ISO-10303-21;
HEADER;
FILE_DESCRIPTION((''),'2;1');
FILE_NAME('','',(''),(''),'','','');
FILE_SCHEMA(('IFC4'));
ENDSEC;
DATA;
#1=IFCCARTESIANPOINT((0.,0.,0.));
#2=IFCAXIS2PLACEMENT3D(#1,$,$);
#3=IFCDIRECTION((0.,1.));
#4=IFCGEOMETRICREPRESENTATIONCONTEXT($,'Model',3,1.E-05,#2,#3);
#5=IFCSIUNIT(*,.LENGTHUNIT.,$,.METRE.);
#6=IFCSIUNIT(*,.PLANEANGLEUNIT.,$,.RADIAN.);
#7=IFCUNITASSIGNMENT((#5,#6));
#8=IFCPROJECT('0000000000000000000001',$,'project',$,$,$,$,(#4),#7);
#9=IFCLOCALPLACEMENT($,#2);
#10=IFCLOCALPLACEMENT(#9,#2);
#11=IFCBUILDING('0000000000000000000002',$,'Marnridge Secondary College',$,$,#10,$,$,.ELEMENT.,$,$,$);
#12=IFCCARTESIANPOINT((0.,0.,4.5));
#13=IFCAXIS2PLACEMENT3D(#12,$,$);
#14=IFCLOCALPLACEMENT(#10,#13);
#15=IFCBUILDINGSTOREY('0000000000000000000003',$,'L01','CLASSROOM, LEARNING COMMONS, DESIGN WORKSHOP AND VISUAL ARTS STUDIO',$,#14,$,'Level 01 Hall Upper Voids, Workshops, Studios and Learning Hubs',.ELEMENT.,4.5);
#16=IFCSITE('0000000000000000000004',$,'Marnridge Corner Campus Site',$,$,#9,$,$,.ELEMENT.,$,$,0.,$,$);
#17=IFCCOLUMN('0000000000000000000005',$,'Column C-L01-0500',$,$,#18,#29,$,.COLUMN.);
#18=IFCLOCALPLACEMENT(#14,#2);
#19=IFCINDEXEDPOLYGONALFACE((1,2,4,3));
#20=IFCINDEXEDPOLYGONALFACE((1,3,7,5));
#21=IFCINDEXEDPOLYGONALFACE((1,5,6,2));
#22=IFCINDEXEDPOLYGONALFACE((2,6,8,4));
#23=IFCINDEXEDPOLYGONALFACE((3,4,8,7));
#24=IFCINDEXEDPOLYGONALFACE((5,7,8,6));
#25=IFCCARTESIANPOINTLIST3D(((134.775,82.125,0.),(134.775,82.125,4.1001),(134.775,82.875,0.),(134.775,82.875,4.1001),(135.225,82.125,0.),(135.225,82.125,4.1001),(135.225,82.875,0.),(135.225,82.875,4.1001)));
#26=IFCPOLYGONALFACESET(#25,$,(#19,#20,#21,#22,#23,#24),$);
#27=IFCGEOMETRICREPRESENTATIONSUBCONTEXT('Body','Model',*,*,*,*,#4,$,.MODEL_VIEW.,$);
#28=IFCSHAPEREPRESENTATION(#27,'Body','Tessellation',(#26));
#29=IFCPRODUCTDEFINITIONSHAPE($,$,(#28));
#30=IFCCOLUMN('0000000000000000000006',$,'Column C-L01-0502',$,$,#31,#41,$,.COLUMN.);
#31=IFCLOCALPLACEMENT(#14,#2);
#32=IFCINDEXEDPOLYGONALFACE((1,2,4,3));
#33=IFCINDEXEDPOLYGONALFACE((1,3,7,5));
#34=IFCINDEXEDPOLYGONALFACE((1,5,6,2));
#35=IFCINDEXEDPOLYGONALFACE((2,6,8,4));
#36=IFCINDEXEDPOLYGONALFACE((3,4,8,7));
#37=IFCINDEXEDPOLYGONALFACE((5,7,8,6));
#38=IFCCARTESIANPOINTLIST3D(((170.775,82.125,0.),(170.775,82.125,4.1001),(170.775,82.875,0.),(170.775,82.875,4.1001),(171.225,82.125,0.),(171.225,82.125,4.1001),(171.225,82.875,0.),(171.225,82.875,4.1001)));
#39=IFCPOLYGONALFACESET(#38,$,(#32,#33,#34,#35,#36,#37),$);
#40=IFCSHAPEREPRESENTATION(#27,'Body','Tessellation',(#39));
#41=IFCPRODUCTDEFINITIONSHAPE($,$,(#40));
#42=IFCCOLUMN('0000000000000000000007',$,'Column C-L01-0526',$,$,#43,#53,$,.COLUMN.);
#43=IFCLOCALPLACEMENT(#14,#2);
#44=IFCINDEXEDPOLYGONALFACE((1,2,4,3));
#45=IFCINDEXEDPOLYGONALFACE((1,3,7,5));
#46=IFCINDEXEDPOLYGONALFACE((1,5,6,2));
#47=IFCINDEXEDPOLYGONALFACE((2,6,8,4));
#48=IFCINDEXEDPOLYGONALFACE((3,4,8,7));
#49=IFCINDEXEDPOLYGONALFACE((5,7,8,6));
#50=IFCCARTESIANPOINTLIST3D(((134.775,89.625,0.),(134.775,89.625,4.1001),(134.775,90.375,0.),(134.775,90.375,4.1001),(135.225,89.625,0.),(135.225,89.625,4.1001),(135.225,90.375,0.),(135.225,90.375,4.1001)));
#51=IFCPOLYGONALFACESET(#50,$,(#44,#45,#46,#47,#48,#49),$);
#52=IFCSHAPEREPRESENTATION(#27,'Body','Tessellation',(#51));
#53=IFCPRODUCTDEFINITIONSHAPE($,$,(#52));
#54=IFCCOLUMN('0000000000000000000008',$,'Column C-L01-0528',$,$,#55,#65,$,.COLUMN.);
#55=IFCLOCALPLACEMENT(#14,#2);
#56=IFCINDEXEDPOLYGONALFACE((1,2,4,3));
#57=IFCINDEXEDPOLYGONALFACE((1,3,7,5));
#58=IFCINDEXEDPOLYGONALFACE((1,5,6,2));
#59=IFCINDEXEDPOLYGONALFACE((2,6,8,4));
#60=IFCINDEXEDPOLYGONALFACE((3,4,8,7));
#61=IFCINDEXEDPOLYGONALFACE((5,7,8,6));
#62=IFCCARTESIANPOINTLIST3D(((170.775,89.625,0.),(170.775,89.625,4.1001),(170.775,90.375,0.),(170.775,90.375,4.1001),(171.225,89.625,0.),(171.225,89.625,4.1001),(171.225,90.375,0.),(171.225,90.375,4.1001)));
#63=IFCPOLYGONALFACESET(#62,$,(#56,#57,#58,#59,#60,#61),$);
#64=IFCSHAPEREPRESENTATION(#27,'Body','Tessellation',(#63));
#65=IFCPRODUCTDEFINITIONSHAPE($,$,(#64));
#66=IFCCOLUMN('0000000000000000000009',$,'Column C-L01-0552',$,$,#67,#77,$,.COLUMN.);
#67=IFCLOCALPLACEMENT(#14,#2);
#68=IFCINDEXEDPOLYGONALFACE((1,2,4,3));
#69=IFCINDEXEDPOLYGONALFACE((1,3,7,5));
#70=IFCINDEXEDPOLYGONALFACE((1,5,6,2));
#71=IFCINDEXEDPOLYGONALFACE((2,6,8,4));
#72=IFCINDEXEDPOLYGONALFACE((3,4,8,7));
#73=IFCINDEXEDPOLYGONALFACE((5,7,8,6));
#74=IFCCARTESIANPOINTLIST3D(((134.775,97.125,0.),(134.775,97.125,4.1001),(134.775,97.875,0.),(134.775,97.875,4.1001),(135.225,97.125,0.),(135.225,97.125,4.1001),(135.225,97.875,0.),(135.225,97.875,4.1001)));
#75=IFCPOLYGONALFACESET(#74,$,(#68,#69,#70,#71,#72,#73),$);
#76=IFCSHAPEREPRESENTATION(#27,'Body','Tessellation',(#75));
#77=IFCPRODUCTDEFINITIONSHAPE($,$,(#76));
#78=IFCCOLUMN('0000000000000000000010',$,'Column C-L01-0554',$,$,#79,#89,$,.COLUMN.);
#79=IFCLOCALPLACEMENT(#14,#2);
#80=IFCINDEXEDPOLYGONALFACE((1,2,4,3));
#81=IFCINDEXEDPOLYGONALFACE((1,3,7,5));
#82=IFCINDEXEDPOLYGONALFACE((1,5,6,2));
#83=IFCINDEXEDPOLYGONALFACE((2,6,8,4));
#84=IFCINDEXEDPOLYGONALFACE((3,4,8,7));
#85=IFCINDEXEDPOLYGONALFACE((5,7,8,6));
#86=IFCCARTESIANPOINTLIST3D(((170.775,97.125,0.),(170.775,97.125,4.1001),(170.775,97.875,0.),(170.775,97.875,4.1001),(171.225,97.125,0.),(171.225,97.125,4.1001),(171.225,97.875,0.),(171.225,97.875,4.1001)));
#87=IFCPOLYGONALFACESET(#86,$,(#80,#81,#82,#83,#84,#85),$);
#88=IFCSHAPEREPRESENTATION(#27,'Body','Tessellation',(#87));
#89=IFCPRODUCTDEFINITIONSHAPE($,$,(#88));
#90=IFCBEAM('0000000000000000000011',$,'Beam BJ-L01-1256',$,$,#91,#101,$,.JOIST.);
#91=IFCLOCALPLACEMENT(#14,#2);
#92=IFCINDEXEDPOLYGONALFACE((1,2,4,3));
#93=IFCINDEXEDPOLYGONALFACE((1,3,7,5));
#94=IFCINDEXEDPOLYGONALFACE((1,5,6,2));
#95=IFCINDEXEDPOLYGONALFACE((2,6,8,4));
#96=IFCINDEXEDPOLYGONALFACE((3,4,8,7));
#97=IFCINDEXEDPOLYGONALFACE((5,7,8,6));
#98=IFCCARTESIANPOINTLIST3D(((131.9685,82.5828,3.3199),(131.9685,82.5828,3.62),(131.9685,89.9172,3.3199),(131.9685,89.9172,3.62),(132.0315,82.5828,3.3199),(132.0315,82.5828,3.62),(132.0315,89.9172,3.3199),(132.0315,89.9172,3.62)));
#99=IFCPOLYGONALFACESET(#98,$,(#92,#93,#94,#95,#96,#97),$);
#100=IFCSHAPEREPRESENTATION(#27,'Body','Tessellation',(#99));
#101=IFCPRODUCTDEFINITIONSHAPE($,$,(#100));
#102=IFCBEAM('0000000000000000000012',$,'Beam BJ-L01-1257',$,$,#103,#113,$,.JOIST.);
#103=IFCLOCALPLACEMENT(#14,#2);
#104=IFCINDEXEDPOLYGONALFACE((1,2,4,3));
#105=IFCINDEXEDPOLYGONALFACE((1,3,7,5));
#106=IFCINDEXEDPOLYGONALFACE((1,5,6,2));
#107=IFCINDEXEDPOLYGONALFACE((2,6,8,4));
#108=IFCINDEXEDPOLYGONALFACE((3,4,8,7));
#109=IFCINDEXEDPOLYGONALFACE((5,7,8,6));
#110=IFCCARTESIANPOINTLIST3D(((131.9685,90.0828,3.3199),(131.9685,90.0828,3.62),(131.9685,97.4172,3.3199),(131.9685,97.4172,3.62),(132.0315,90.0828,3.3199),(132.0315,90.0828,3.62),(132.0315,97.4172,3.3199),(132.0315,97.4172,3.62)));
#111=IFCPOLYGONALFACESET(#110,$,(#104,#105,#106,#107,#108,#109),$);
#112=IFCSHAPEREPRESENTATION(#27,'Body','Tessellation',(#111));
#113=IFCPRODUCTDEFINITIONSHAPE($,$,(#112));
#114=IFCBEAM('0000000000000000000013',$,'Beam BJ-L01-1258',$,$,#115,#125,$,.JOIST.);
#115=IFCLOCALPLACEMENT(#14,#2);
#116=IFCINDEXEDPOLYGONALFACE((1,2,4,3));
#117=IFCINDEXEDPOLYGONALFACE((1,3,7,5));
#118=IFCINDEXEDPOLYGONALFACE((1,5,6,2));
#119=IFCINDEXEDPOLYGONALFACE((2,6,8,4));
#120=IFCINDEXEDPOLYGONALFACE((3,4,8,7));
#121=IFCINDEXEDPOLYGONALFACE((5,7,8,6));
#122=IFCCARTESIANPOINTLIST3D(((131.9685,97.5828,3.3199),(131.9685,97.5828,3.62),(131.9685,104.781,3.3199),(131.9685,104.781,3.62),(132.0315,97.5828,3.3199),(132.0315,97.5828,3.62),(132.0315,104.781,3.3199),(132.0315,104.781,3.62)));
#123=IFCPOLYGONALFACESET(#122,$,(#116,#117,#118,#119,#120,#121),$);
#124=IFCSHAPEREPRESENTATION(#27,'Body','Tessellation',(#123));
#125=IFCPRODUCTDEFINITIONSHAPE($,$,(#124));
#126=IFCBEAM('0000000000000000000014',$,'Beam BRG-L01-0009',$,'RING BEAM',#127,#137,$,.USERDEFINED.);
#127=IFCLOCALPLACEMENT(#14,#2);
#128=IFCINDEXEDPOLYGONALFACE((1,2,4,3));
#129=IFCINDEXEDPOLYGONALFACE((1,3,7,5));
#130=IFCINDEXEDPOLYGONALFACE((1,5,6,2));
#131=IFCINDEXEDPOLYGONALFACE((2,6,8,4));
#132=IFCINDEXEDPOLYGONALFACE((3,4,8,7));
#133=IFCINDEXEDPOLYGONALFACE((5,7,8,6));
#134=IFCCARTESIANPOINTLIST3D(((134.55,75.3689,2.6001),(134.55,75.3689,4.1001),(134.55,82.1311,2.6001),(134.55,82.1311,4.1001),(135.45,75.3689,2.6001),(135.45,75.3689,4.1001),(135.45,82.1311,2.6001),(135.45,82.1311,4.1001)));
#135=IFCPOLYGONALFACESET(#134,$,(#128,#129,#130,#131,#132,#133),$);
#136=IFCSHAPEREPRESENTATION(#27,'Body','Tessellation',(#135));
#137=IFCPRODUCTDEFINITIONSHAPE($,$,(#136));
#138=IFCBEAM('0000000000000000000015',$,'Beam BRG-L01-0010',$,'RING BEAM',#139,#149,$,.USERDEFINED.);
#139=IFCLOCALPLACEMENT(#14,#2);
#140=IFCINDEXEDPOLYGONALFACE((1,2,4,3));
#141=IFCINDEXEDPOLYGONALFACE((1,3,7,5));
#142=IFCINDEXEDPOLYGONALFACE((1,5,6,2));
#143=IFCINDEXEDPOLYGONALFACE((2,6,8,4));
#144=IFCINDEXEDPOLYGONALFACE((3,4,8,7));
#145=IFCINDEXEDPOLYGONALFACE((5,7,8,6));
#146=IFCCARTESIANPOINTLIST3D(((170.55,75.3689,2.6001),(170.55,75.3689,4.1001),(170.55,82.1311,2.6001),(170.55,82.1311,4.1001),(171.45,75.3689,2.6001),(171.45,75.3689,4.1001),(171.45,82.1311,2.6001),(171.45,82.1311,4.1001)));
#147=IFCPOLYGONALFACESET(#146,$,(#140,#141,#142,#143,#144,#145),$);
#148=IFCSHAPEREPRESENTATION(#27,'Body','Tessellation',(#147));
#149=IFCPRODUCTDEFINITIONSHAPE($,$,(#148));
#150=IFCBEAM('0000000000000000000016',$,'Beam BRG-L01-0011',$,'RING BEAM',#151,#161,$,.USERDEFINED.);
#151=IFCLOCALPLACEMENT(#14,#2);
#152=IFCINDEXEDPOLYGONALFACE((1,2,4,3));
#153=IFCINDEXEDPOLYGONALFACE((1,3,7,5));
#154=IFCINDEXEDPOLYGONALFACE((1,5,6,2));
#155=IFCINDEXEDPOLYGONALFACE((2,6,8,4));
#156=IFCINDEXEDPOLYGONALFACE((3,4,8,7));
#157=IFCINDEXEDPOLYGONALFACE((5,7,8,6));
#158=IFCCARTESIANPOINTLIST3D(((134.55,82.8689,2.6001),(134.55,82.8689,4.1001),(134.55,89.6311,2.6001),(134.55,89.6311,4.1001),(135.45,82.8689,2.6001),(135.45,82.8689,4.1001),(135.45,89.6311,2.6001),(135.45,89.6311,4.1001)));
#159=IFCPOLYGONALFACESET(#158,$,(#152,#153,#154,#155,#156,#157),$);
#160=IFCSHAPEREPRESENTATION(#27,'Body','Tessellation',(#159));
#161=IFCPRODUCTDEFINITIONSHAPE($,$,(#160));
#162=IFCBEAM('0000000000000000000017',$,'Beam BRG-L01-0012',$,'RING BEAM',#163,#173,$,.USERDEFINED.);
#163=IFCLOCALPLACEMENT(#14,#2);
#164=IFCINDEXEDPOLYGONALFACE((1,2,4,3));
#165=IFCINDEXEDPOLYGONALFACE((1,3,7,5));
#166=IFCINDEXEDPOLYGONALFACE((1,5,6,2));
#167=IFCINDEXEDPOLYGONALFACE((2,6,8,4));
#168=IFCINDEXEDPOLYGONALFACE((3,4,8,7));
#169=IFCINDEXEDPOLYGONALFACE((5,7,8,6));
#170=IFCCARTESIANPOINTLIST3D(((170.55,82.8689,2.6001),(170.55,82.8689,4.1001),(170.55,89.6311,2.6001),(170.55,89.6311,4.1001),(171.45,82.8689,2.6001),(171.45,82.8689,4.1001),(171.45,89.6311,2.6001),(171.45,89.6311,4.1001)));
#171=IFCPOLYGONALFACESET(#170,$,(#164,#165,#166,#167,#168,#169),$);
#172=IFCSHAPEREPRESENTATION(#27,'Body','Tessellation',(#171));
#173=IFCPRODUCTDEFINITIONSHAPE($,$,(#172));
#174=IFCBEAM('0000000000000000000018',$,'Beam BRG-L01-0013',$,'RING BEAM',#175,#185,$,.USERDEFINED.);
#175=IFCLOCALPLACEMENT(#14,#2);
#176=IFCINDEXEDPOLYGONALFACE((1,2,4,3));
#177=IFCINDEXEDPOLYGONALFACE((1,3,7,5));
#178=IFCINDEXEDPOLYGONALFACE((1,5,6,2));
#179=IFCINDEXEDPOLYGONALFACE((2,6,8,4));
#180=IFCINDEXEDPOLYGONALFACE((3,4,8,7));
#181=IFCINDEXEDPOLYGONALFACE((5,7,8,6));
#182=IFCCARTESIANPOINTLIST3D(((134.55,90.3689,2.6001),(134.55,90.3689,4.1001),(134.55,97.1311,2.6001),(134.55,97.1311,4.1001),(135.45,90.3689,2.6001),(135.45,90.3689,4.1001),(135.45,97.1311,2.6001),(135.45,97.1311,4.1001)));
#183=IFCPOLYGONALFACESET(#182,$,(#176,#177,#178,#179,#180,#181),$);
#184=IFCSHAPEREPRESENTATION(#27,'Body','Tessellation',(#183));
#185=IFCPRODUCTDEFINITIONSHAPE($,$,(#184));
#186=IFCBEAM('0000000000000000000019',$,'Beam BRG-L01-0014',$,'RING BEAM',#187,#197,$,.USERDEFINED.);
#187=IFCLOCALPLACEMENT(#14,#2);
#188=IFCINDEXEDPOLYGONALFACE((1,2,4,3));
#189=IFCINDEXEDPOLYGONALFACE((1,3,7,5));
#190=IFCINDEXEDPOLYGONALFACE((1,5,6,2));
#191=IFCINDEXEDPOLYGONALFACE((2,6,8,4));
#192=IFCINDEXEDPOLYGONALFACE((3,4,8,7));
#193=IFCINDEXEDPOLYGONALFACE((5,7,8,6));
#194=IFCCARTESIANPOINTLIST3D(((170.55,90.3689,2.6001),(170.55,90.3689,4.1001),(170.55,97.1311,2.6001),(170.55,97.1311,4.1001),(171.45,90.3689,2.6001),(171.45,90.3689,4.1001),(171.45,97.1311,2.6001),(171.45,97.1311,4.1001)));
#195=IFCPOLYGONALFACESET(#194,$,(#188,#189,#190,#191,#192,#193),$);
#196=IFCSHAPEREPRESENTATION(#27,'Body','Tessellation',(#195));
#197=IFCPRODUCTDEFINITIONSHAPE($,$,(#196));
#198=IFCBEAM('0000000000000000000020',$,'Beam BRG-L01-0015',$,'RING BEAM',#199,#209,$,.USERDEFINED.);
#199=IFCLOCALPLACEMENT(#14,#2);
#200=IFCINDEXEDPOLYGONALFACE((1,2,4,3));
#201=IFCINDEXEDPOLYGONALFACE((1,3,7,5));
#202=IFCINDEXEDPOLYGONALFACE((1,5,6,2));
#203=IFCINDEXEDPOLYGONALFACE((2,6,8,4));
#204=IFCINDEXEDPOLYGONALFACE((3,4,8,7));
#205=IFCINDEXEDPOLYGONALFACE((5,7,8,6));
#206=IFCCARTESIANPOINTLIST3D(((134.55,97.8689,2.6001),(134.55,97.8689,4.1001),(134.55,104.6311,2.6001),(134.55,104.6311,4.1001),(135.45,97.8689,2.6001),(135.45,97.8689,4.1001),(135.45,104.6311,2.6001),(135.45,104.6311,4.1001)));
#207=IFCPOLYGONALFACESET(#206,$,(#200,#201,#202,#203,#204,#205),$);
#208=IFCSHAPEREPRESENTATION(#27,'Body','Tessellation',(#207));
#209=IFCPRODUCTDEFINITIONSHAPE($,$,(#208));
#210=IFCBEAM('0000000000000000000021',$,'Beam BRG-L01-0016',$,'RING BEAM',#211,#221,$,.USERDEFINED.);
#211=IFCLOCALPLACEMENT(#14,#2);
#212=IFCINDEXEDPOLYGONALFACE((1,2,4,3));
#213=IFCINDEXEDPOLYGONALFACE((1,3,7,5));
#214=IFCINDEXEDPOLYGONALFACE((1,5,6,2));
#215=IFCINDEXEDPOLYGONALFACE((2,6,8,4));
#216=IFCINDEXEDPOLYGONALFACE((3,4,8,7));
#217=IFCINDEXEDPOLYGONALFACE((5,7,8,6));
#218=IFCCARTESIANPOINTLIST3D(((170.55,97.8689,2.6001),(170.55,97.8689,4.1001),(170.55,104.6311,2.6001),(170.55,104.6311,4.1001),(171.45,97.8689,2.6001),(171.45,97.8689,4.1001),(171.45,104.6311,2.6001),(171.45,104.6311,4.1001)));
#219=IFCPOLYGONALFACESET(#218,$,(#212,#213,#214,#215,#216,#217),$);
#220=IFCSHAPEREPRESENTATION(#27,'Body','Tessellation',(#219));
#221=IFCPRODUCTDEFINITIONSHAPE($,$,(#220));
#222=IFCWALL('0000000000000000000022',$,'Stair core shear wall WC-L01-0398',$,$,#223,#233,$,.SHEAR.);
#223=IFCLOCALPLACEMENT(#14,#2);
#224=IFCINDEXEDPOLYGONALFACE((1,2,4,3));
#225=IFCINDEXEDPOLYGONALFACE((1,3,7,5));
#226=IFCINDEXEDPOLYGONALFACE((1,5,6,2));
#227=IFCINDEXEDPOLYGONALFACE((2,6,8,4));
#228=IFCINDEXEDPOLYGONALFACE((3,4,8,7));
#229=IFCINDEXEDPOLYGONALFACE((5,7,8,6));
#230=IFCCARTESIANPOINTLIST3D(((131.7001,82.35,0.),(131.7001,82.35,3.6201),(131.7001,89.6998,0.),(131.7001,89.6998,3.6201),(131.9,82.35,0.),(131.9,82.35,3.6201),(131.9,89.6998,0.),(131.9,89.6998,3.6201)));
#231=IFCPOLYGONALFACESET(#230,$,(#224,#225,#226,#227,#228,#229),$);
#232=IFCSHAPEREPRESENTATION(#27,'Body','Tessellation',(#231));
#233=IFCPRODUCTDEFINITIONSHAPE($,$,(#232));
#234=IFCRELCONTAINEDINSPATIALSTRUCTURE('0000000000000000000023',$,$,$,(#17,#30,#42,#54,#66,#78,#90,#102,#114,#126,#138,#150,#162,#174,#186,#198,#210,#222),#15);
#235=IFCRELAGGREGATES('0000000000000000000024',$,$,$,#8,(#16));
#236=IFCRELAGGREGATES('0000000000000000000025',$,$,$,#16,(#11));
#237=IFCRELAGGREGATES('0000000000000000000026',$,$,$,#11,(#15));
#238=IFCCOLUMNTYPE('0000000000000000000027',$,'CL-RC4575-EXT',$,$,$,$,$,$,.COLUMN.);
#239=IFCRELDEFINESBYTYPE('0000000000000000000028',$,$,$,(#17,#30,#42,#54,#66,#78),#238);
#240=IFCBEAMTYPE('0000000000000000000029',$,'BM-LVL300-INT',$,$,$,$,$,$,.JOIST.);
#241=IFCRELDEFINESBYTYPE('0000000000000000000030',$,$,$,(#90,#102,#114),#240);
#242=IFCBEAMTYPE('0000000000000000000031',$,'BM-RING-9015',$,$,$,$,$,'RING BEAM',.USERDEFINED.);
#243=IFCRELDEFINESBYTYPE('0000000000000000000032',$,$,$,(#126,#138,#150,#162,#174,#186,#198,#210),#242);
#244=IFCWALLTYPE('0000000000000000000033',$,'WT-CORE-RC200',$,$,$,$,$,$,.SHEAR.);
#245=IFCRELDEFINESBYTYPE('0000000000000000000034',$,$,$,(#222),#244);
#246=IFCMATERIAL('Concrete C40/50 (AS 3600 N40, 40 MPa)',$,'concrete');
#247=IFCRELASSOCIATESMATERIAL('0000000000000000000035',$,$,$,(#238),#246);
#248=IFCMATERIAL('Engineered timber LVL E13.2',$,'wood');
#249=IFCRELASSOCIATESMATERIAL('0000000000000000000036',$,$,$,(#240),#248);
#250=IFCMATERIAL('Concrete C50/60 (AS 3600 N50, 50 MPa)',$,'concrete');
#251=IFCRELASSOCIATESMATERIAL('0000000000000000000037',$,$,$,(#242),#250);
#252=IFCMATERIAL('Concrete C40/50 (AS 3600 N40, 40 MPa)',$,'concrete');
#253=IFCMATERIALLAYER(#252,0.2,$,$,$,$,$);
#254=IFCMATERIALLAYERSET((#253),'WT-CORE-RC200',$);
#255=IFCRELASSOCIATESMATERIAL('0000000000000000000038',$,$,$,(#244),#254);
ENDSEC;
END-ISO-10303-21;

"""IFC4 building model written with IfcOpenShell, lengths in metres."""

from ifc_helpers import new_model, si_unit, direction, frame, frame_2d, origin, origin_2d, place, context, subcontext, project, spatial, rectangle, extrude, material, layer, layer_set, material_profile, profile_set, type_object, element, save


model = new_model("IFC4")

# Units and contexts
model_context = context("Model", 3, precision=1e-05, world=origin(), true_north=direction((0.0, 1.0)))
body_context = subcontext(model_context, "Body", "Model", "MODEL_VIEW")
ifc_project = project(units=[si_unit("LENGTHUNIT", "METRE"), si_unit("PLANEANGLEUNIT", "RADIAN")], contexts=[model_context])

# Site, building, storey
site_placement = place(None, origin())
site = spatial("IfcSite", under=ifc_project, at=site_placement, Name="Marnridge Corner Campus Site", CompositionType="ELEMENT", RefElevation=0.0)
building_placement = place(site_placement, origin())
building = spatial("IfcBuilding", under=site, at=building_placement, Name="Marnridge Secondary College", CompositionType="ELEMENT")
storey_placement = place(building_placement, frame((0.0, 0.0, 4.5)))
storey = spatial("IfcBuildingStorey", under=building, at=storey_placement, Name="L01", Description="CLASSROOM, LEARNING COMMONS, DESIGN WORKSHOP AND VISUAL ARTS STUDIO", LongName="Level 01 Hall Upper Voids, Workshops, Studios and Learning Hubs", CompositionType="ELEMENT", Elevation=4.5)

# Columns
ifc_material_1 = material(Name="Concrete C40/50 (AS 3600 N40, 40 MPa)", Category="concrete")
ifc_material_profile_1 = material_profile(ifc_material_1, rectangle(XDim=0.45, YDim=0.75, at=origin_2d()), Name="RC 450x750")
ifc_profile_set_1 = profile_set([ifc_material_profile_1], Name="Concrete C40/50 (AS 3600 N40, 40 MPa)")
column_type = type_object("IfcColumnType", Name="CL-RC4575-EXT", PredefinedType="COLUMN", material=ifc_profile_set_1)
for number, where, z_axis, x_axis, name in (
    (1, (135.0, 82.5, 0.0), (0.0, 0.0, 1.0), (1.0, 0.0, 0.0), "Column C-L01-0500"),
    (2, (171.0, 82.5, 0.0), (0.0, 0.0, 1.0), (1.0, 0.0, 0.0), "Column C-L01-0502"),
    (3, (135.0, 90.0, 0.0), (0.0, 0.0, 1.0), (1.0, 0.0, 0.0), "Column C-L01-0526"),
    (4, (171.0, 90.0, 0.0), (0.0, 0.0, 1.0), (1.0, 0.0, 0.0), "Column C-L01-0528"),
    (5, (135.0, 97.5, 0.0), (0.0, 0.0, 1.0), (1.0, 0.0, 0.0), "Column C-L01-0552"),
    (6, (171.0, 97.5, 0.0), (0.0, 0.0, 1.0), (1.0, 0.0, 0.0), "Column C-L01-0554"),
):
    element("IfcColumn", number, at=place(storey_placement, frame(where, z_axis=z_axis, x_axis=x_axis)), inside=storey, type_object=column_type, Name=name, PredefinedType="COLUMN", context=body_context, shape_type="SweptSolid", body=[
        extrude(rectangle(XDim=0.45, YDim=0.75, at=origin_2d()), origin(), (0.0, 0.0, 1.0), 4.1001),
    ])

# Beams
ifc_material_2 = material(Name="Engineered timber LVL E13.2", Category="wood")
ifc_material_profile_2 = material_profile(ifc_material_2, rectangle(XDim=0.063, YDim=0.3, at=origin_2d()), Name="LVL 63x300")
ifc_profile_set_2 = profile_set([ifc_material_profile_2], Name="Engineered timber LVL E13.2")
beam_type_1 = type_object("IfcBeamType", Name="BM-LVL300-INT", PredefinedType="JOIST", material=ifc_profile_set_2)
for number, where, z_axis, x_axis, name in (
    (7, (132.0, 82.5828, 3.47), (0.0, 1.0, 0.0), (-1.0, 0.0, 0.0), "Beam BJ-L01-1256"),
    (8, (132.0, 90.0828, 3.47), (0.0, 1.0, 0.0), (-1.0, 0.0, 0.0), "Beam BJ-L01-1257"),
):
    element("IfcBeam", number, at=place(storey_placement, frame(where, z_axis=z_axis, x_axis=x_axis)), inside=storey, type_object=beam_type_1, Name=name, PredefinedType="JOIST", context=body_context, shape_type="SweptSolid", body=[
        extrude(rectangle(XDim=0.063, YDim=0.3, at=origin_2d()), origin(), (0.0, 0.0, 1.0), 7.3345),
    ])
beam_placement = place(storey_placement, frame((132.0, 97.5828, 3.47), z_axis=(0.0, 1.0, 0.0), x_axis=(-1.0, 0.0, 0.0)))
element("IfcBeam", 9, at=beam_placement, inside=storey, type_object=beam_type_1, Name="Beam BJ-L01-1258", PredefinedType="JOIST", context=body_context, shape_type="SweptSolid", body=[
    extrude(rectangle(XDim=0.063, YDim=0.3, at=origin_2d()), origin(), (0.0, 0.0, 1.0), 7.1982),
])
ifc_material_3 = material(Name="Concrete C50/60 (AS 3600 N50, 50 MPa)", Category="concrete")
ifc_material_profile_3 = material_profile(ifc_material_3, rectangle(XDim=0.8999, YDim=1.5, at=origin_2d()), Name="RC 900x1500")
ifc_profile_set_3 = profile_set([ifc_material_profile_3], Name="Concrete C50/60 (AS 3600 N50, 50 MPa)")
beam_type_2 = type_object("IfcBeamType", Name="BM-RING-9015", ElementType="RING BEAM", PredefinedType="USERDEFINED", material=ifc_profile_set_3)
for number, where, z_axis, x_axis, name in (
    (10, (135.0, 75.3689, 3.3501), (0.0, 1.0, 0.0), (-1.0, 0.0, 0.0), "Beam BRG-L01-0009"),
    (11, (171.0, 75.3689, 3.3501), (0.0, 1.0, 0.0), (-1.0, 0.0, 0.0), "Beam BRG-L01-0010"),
    (12, (135.0, 82.8689, 3.3501), (0.0, 1.0, 0.0), (-1.0, 0.0, 0.0), "Beam BRG-L01-0011"),
    (13, (171.0, 82.8689, 3.3501), (0.0, 1.0, 0.0), (-1.0, 0.0, 0.0), "Beam BRG-L01-0012"),
    (14, (135.0, 90.3689, 3.3501), (0.0, 1.0, 0.0), (-1.0, 0.0, 0.0), "Beam BRG-L01-0013"),
    (15, (171.0, 90.3689, 3.3501), (0.0, 1.0, 0.0), (-1.0, 0.0, 0.0), "Beam BRG-L01-0014"),
    (16, (135.0, 97.8689, 3.3501), (0.0, 1.0, 0.0), (-1.0, 0.0, 0.0), "Beam BRG-L01-0015"),
    (17, (171.0, 97.8689, 3.3501), (0.0, 1.0, 0.0), (-1.0, 0.0, 0.0), "Beam BRG-L01-0016"),
):
    element("IfcBeam", number, at=place(storey_placement, frame(where, z_axis=z_axis, x_axis=x_axis)), inside=storey, type_object=beam_type_2, Name=name, ObjectType="RING BEAM", PredefinedType="USERDEFINED", context=body_context, shape_type="SweptSolid", body=[
        extrude(rectangle(XDim=0.8999, YDim=1.5, at=origin_2d()), origin(), (0.0, 0.0, 1.0), 6.7622),
    ])

# Wall
ifc_material_4 = material(Name="Concrete C40/50 (AS 3600 N40, 40 MPa)", Category="concrete")
ifc_layer_1 = layer(ifc_material_4, 0.2)
ifc_layer_set_1 = layer_set([ifc_layer_1], Name="WT-CORE-RC200")
wall_type_1 = type_object("IfcWallType", Name="WT-CORE-RC200", PredefinedType="SHEAR", material=ifc_layer_set_1)
wall_1_placement = place(storey_placement, frame((131.8, 82.3501, 0.0), z_axis=(0.0, 0.0, 1.0), x_axis=(0.0, 1.0, 0.0)))
element("IfcWall", 18, at=wall_1_placement, inside=storey, type_object=wall_type_1, Name="Stair core shear wall WC-L01-0398", PredefinedType="SHEAR", context=body_context, shape_type="SweptSolid", body=[
    extrude(rectangle(XDim=7.3499, YDim=0.2, at=frame_2d((3.6748, 0.0))), origin(), (0.0, 0.0, 1.0), 3.6201),
])

save(model, "model.ifc")
